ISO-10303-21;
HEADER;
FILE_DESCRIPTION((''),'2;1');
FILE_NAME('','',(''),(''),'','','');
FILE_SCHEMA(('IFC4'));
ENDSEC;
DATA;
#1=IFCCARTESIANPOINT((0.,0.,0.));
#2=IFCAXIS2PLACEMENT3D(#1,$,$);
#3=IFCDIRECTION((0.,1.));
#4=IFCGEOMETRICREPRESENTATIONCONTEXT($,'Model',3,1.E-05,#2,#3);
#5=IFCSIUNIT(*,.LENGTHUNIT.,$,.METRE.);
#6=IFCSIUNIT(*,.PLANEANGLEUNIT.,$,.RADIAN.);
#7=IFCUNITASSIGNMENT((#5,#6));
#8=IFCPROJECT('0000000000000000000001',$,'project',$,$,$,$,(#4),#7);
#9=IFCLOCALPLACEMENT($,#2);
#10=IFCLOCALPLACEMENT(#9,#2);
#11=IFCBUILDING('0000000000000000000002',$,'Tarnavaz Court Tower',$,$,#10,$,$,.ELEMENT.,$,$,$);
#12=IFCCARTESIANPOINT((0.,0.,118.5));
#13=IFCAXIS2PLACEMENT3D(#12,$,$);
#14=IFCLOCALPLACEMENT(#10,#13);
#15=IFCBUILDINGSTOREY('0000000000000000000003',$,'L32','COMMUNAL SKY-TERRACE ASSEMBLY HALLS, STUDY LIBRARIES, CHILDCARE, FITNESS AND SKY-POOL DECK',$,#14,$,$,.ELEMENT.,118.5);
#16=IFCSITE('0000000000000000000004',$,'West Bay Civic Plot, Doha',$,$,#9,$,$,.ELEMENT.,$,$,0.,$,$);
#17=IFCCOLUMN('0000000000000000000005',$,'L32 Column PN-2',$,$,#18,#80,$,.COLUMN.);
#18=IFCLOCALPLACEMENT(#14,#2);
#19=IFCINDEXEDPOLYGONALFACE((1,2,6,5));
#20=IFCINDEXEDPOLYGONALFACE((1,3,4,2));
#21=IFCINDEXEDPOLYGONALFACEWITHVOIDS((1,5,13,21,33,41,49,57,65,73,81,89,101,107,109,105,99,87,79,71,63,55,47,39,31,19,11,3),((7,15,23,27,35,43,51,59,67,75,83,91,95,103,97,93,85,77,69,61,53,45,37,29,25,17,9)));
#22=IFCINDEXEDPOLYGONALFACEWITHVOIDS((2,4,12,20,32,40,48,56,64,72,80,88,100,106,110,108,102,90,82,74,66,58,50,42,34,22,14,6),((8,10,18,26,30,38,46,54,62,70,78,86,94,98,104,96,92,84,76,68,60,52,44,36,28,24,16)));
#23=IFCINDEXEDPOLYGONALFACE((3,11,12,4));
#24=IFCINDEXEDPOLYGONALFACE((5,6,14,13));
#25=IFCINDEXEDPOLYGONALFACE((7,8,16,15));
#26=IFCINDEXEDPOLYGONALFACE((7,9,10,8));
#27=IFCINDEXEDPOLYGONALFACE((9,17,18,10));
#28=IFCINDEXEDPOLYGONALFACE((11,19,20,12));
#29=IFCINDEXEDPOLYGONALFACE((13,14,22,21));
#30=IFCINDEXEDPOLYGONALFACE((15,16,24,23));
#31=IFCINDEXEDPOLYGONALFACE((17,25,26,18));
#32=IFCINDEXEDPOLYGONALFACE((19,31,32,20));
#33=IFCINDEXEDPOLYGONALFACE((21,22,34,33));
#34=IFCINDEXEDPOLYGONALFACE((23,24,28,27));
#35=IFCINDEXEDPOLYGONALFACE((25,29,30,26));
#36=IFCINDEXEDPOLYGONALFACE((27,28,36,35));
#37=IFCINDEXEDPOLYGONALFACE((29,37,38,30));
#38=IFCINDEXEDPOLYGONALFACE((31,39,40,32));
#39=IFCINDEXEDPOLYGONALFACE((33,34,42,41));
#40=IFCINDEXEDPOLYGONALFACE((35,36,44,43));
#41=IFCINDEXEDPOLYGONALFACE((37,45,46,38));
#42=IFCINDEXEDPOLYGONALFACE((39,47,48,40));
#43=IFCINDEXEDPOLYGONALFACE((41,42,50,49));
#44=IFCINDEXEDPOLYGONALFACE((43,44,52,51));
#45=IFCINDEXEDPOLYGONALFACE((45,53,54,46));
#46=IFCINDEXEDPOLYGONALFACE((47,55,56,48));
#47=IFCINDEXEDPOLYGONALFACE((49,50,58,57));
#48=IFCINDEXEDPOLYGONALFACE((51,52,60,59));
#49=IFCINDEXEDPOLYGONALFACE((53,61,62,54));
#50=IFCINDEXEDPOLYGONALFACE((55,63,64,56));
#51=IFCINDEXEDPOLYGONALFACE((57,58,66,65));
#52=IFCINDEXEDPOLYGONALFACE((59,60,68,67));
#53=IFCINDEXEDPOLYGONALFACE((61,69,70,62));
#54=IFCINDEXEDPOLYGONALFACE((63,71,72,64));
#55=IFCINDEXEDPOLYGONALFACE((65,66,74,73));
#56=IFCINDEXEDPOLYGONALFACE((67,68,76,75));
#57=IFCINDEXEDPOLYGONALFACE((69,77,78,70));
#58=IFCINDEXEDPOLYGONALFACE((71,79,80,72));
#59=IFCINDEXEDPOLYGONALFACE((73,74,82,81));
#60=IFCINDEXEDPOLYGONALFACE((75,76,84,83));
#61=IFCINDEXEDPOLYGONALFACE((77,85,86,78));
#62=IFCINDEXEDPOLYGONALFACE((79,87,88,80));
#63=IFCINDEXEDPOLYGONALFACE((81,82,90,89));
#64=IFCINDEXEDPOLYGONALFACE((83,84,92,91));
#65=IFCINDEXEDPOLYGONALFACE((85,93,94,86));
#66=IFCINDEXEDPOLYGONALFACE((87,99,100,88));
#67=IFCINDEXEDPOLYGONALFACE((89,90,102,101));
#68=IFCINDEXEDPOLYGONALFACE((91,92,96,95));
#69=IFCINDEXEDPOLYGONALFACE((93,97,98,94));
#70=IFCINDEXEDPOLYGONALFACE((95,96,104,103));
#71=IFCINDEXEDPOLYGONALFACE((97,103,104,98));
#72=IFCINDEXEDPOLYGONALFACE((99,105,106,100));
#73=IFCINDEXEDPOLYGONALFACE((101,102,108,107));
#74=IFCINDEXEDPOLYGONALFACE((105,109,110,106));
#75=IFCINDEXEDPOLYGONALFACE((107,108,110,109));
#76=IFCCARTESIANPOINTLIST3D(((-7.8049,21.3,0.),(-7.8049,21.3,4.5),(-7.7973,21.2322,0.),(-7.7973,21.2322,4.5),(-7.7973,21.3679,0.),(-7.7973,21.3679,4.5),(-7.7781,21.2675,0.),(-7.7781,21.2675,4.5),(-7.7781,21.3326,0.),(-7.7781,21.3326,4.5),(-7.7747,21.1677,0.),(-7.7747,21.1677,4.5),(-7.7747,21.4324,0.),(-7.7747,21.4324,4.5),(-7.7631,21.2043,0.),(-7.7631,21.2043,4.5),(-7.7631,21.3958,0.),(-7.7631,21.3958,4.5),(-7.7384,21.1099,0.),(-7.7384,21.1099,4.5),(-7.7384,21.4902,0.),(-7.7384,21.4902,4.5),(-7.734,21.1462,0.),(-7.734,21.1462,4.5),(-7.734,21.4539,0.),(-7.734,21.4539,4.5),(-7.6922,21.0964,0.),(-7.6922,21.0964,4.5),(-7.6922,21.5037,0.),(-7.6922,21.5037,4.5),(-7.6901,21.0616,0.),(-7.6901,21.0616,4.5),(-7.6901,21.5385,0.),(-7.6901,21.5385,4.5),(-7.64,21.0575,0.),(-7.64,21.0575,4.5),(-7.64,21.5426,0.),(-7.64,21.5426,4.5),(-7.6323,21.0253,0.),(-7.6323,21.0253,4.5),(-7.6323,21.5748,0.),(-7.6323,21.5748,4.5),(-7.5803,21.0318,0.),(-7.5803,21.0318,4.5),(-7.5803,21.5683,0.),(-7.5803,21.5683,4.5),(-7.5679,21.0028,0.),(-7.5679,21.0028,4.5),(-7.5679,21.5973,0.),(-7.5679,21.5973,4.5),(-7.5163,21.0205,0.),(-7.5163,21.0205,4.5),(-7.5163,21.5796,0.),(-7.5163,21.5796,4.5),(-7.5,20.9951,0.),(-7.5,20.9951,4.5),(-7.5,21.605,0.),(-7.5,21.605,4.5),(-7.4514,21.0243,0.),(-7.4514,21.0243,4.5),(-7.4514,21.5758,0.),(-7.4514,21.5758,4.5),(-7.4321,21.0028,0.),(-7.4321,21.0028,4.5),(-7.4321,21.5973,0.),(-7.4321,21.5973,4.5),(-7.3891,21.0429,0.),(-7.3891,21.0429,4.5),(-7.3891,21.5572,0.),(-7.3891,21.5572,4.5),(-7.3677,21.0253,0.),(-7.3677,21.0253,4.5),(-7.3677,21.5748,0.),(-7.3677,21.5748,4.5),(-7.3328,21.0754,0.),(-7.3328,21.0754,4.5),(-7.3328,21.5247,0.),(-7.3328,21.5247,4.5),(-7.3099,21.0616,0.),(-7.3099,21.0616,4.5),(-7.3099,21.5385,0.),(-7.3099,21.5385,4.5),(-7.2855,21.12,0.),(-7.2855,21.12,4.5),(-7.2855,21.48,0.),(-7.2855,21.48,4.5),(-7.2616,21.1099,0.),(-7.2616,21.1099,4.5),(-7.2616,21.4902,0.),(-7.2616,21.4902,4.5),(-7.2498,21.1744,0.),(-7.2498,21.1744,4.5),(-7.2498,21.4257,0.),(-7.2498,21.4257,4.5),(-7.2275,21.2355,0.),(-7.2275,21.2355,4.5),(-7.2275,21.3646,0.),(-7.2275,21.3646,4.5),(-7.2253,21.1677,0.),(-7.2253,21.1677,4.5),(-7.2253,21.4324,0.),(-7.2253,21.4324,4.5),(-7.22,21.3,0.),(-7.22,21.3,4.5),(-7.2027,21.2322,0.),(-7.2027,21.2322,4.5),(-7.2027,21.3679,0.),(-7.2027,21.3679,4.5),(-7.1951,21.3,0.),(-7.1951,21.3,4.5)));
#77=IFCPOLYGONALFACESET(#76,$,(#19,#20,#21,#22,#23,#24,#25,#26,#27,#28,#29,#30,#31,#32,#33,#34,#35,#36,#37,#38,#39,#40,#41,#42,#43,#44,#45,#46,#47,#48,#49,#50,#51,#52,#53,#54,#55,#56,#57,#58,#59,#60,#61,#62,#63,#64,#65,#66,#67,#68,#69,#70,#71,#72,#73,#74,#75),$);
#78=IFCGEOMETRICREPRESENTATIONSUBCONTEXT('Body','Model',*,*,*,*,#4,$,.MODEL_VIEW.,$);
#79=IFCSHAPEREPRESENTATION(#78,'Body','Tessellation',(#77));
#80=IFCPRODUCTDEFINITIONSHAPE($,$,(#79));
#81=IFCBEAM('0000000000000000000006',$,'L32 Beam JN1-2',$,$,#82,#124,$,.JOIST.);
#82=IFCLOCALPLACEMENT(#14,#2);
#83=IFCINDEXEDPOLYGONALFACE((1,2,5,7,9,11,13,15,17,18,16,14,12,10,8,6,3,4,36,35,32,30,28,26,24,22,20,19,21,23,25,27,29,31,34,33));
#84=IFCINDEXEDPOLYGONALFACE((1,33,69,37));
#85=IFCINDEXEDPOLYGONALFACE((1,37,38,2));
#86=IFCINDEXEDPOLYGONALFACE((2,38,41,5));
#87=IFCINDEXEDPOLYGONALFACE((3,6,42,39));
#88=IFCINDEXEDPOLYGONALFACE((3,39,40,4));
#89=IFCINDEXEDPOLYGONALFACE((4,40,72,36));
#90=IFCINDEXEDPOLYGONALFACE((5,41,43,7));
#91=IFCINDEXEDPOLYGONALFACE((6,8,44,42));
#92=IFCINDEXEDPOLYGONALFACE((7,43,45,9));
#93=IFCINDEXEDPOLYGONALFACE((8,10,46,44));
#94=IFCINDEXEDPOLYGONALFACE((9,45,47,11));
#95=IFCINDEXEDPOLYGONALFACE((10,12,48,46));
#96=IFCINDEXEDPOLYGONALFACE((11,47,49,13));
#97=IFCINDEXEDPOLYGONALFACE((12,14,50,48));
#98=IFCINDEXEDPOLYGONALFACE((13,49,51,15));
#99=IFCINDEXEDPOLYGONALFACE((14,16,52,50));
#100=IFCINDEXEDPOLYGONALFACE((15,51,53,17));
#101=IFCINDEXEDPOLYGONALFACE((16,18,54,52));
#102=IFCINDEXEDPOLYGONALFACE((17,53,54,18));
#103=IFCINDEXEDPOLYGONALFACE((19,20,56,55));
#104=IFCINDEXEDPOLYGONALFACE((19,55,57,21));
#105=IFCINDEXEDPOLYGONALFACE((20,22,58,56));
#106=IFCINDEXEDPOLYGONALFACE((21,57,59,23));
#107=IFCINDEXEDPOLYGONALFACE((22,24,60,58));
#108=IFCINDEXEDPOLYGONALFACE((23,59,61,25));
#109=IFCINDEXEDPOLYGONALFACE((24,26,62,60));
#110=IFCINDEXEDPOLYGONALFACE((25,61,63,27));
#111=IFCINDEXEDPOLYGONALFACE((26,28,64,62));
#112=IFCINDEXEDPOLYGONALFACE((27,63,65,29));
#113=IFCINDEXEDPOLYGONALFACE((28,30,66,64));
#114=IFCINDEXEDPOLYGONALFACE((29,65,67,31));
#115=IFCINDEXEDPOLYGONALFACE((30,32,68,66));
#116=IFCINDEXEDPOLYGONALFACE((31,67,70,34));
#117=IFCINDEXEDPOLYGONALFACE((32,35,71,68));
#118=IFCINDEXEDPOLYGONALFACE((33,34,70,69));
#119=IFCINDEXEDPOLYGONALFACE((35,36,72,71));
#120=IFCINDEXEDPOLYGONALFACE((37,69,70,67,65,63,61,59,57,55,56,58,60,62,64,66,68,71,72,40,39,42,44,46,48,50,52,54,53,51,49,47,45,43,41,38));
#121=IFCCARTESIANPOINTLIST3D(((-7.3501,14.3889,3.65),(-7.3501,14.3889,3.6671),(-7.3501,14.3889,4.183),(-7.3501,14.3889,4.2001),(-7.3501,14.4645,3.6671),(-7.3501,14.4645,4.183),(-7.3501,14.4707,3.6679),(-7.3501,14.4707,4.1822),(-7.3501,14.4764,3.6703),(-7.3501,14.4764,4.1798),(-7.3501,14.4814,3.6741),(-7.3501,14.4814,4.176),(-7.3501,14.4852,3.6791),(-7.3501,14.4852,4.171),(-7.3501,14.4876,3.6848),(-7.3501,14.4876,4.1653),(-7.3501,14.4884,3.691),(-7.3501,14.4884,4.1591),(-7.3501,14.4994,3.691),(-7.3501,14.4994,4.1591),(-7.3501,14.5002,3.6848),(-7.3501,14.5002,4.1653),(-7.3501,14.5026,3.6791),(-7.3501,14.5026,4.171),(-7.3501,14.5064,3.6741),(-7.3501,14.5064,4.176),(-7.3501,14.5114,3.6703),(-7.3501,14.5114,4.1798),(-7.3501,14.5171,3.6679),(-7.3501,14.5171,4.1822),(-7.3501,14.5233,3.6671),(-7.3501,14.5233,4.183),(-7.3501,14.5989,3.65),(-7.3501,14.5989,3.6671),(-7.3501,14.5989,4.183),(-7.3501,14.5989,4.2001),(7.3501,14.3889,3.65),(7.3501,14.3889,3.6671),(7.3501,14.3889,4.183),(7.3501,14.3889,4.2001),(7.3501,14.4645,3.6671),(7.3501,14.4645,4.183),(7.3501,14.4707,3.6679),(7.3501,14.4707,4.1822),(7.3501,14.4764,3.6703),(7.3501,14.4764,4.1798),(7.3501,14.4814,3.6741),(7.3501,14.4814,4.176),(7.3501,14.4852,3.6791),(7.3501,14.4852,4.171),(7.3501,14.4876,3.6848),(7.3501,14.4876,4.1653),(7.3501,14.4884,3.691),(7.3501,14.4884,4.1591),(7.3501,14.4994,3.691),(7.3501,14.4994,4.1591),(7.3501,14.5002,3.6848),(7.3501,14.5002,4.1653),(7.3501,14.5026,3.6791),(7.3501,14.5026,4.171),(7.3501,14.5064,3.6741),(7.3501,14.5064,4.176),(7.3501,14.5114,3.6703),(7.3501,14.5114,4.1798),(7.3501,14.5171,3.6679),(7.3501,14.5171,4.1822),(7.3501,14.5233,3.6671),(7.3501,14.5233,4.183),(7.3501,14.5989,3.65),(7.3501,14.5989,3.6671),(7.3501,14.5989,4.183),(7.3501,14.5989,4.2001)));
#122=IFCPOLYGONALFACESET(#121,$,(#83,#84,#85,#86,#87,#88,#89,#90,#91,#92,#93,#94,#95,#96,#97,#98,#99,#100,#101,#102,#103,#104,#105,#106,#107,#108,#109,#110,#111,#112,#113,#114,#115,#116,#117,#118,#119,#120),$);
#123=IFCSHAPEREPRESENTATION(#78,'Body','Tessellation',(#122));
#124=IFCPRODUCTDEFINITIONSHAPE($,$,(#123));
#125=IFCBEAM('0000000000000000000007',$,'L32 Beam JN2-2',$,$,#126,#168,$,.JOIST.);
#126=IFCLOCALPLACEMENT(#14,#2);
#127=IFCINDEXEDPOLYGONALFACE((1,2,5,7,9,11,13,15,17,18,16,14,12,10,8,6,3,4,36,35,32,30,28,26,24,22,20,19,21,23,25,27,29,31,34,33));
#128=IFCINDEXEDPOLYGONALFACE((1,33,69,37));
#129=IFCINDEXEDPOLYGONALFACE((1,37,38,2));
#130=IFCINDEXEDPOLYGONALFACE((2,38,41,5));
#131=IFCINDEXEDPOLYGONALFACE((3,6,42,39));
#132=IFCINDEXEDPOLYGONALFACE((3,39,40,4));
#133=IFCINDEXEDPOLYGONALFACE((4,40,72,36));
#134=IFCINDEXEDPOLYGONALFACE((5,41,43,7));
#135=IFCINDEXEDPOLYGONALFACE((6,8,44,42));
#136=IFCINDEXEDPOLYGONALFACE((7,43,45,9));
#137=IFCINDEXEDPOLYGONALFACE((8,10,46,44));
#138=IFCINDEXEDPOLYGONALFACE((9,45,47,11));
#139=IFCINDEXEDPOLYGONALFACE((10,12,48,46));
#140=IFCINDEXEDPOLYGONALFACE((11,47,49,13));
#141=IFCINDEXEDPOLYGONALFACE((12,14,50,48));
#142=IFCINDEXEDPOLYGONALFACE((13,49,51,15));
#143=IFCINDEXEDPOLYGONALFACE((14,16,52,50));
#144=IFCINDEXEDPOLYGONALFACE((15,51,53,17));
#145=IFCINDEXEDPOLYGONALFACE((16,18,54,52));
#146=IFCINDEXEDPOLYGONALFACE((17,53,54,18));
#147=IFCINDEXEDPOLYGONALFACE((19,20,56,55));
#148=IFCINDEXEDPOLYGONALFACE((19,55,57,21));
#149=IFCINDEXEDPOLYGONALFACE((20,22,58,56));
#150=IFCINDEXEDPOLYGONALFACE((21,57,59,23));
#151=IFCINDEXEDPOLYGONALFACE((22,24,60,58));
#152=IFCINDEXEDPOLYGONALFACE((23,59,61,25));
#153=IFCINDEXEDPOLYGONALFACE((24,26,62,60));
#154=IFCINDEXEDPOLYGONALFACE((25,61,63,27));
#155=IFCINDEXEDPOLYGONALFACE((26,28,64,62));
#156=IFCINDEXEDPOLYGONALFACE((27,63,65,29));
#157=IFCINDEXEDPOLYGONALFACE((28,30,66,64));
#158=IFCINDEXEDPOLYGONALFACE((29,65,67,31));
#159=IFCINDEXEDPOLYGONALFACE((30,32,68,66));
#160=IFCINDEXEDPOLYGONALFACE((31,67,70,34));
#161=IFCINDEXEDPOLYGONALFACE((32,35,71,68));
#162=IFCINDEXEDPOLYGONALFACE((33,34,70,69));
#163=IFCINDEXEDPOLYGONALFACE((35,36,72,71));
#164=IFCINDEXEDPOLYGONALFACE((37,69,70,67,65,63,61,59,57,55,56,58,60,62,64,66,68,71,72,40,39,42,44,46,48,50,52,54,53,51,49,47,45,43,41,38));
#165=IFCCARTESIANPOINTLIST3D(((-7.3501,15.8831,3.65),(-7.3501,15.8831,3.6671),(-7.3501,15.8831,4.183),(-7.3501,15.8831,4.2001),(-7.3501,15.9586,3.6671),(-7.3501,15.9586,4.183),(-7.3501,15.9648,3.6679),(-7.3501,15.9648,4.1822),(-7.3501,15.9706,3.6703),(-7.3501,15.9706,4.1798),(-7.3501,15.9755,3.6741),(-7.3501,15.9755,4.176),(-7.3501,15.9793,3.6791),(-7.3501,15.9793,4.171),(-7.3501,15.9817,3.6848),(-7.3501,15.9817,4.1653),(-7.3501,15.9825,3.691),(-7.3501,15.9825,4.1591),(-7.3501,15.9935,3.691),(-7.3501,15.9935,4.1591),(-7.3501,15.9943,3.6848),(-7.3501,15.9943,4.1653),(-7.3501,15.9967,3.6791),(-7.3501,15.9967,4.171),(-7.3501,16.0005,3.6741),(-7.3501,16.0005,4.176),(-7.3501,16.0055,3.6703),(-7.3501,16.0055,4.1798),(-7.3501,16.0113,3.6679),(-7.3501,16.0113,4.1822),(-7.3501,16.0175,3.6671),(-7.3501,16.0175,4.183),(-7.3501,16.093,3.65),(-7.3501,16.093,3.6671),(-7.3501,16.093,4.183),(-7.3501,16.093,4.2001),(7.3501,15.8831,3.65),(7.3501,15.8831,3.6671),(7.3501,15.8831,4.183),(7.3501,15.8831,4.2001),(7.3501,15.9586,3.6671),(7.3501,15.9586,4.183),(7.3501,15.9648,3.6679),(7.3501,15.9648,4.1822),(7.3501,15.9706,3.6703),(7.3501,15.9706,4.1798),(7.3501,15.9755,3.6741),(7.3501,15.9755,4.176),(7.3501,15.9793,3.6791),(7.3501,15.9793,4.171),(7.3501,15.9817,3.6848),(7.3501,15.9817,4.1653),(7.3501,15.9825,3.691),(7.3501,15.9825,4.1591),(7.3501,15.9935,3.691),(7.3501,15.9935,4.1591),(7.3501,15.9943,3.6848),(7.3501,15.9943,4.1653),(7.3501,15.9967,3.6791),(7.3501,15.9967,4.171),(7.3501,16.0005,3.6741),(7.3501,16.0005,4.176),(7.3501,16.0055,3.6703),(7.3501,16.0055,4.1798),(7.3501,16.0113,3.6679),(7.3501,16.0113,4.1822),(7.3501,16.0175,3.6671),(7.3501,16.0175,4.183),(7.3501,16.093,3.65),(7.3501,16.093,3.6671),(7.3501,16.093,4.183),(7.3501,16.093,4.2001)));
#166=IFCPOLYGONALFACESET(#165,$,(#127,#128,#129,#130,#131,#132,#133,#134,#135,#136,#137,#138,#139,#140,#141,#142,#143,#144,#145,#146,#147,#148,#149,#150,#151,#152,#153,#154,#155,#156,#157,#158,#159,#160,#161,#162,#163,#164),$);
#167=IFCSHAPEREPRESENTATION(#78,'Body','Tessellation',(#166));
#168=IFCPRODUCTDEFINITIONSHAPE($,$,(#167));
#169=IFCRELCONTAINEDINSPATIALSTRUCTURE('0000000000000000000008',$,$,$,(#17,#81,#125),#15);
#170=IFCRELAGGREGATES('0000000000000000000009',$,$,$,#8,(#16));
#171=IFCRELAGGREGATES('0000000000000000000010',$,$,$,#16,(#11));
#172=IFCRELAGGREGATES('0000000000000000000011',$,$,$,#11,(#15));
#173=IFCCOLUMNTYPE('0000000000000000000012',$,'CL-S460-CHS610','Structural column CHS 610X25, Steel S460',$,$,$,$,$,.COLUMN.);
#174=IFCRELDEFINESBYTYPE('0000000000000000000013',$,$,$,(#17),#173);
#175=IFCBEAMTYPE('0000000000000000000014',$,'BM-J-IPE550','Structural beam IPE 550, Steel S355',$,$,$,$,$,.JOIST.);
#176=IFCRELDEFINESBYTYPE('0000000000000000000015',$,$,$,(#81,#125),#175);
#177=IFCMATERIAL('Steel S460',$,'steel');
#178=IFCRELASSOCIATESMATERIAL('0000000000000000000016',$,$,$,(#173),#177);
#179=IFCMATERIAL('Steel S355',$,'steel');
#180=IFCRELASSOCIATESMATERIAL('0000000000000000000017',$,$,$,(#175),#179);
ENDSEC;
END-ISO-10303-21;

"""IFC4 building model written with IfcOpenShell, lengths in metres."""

from ifc_helpers import new_model, si_unit, direction, frame, origin, origin_2d, place, context, subcontext, project, spatial, hollow_circle, i_section, extrude, material, material_profile, profile_set, type_object, element, save


model = new_model("IFC4")

# Units and contexts
model_context = context("Model", 3, precision=1e-05, world=origin(), true_north=direction((0.0, 1.0)))
body_context = subcontext(model_context, "Body", "Model", "MODEL_VIEW")
ifc_project = project(units=[si_unit("LENGTHUNIT", "METRE"), si_unit("PLANEANGLEUNIT", "RADIAN")], contexts=[model_context])

# Site, building, storey
site_placement = place(None, origin())
site = spatial("IfcSite", under=ifc_project, at=site_placement, Name="West Bay Civic Plot, Doha", CompositionType="ELEMENT", RefElevation=0.0)
building_placement = place(site_placement, origin())
building = spatial("IfcBuilding", under=site, at=building_placement, Name="Tarnavaz Court Tower", CompositionType="ELEMENT")
storey_placement = place(building_placement, frame((0.0, 0.0, 118.5)))
storey = spatial("IfcBuildingStorey", under=building, at=storey_placement, Name="L32", Description="COMMUNAL SKY-TERRACE ASSEMBLY HALLS, STUDY LIBRARIES, CHILDCARE, FITNESS AND SKY-POOL DECK", CompositionType="ELEMENT", Elevation=118.5)

# Column
ifc_material_1 = material(Name="Steel S460", Category="steel")
ifc_material_profile_1 = material_profile(ifc_material_1, hollow_circle(Radius=0.3049, WallThickness=0.0249, at=origin_2d()), Name="CHS 610X25")
ifc_profile_set_1 = profile_set([ifc_material_profile_1], Name="Steel S460")
column_type = type_object("IfcColumnType", Name="CL-S460-CHS610", Description="Structural column CHS 610X25, Steel S460", PredefinedType="COLUMN", material=ifc_profile_set_1)
column_placement = place(storey_placement, frame((-7.5, 21.3, 0.0), z_axis=(0.0, 0.0, 1.0), x_axis=(1.0, 0.0, 0.0)))
element("IfcColumn", 1, at=column_placement, inside=storey, type_object=column_type, Name="L32 Column PN-2", PredefinedType="COLUMN", context=body_context, shape_type="SweptSolid", body=[
    extrude(hollow_circle(Radius=0.3049, WallThickness=0.0249, at=origin_2d()), origin(), (0.0, 0.0, 1.0), 4.5),
])

# Beams
ifc_material_2 = material(Name="Steel S355", Category="steel")
ifc_material_profile_2 = material_profile(ifc_material_2, i_section(OverallWidth=0.21, OverallDepth=0.55, WebThickness=0.011, FlangeThickness=0.0171, FilletRadius=0.0239, at=origin_2d()), Name="IPE 550")
ifc_profile_set_2 = profile_set([ifc_material_profile_2], Name="Steel S355")
beam_type_1 = type_object("IfcBeamType", Name="BM-J-IPE550", Description="Structural beam IPE 550, Steel S355", PredefinedType="JOIST", material=ifc_profile_set_2)
for number, where, z_axis, x_axis, name in (
    (2, (-7.3501, 14.4939, 3.925), (1.0, 0.0, 0.0), (0.0, 1.0, 0.0), "L32 Beam JN1-2"),
    (3, (-7.3501, 15.988, 3.925), (1.0, 0.0, 0.0), (0.0, 1.0, 0.0), "L32 Beam JN2-2"),
):
    element("IfcBeam", number, at=place(storey_placement, frame(where, z_axis=z_axis, x_axis=x_axis)), inside=storey, type_object=beam_type_1, Name=name, PredefinedType="JOIST", context=body_context, shape_type="SweptSolid", body=[
        extrude(i_section(OverallWidth=0.21, OverallDepth=0.55, WebThickness=0.011, FlangeThickness=0.0171, FilletRadius=0.0239, at=origin_2d()), origin(), (0.0, 0.0, 1.0), 14.7002),
    ])

save(model, "model.ifc")
